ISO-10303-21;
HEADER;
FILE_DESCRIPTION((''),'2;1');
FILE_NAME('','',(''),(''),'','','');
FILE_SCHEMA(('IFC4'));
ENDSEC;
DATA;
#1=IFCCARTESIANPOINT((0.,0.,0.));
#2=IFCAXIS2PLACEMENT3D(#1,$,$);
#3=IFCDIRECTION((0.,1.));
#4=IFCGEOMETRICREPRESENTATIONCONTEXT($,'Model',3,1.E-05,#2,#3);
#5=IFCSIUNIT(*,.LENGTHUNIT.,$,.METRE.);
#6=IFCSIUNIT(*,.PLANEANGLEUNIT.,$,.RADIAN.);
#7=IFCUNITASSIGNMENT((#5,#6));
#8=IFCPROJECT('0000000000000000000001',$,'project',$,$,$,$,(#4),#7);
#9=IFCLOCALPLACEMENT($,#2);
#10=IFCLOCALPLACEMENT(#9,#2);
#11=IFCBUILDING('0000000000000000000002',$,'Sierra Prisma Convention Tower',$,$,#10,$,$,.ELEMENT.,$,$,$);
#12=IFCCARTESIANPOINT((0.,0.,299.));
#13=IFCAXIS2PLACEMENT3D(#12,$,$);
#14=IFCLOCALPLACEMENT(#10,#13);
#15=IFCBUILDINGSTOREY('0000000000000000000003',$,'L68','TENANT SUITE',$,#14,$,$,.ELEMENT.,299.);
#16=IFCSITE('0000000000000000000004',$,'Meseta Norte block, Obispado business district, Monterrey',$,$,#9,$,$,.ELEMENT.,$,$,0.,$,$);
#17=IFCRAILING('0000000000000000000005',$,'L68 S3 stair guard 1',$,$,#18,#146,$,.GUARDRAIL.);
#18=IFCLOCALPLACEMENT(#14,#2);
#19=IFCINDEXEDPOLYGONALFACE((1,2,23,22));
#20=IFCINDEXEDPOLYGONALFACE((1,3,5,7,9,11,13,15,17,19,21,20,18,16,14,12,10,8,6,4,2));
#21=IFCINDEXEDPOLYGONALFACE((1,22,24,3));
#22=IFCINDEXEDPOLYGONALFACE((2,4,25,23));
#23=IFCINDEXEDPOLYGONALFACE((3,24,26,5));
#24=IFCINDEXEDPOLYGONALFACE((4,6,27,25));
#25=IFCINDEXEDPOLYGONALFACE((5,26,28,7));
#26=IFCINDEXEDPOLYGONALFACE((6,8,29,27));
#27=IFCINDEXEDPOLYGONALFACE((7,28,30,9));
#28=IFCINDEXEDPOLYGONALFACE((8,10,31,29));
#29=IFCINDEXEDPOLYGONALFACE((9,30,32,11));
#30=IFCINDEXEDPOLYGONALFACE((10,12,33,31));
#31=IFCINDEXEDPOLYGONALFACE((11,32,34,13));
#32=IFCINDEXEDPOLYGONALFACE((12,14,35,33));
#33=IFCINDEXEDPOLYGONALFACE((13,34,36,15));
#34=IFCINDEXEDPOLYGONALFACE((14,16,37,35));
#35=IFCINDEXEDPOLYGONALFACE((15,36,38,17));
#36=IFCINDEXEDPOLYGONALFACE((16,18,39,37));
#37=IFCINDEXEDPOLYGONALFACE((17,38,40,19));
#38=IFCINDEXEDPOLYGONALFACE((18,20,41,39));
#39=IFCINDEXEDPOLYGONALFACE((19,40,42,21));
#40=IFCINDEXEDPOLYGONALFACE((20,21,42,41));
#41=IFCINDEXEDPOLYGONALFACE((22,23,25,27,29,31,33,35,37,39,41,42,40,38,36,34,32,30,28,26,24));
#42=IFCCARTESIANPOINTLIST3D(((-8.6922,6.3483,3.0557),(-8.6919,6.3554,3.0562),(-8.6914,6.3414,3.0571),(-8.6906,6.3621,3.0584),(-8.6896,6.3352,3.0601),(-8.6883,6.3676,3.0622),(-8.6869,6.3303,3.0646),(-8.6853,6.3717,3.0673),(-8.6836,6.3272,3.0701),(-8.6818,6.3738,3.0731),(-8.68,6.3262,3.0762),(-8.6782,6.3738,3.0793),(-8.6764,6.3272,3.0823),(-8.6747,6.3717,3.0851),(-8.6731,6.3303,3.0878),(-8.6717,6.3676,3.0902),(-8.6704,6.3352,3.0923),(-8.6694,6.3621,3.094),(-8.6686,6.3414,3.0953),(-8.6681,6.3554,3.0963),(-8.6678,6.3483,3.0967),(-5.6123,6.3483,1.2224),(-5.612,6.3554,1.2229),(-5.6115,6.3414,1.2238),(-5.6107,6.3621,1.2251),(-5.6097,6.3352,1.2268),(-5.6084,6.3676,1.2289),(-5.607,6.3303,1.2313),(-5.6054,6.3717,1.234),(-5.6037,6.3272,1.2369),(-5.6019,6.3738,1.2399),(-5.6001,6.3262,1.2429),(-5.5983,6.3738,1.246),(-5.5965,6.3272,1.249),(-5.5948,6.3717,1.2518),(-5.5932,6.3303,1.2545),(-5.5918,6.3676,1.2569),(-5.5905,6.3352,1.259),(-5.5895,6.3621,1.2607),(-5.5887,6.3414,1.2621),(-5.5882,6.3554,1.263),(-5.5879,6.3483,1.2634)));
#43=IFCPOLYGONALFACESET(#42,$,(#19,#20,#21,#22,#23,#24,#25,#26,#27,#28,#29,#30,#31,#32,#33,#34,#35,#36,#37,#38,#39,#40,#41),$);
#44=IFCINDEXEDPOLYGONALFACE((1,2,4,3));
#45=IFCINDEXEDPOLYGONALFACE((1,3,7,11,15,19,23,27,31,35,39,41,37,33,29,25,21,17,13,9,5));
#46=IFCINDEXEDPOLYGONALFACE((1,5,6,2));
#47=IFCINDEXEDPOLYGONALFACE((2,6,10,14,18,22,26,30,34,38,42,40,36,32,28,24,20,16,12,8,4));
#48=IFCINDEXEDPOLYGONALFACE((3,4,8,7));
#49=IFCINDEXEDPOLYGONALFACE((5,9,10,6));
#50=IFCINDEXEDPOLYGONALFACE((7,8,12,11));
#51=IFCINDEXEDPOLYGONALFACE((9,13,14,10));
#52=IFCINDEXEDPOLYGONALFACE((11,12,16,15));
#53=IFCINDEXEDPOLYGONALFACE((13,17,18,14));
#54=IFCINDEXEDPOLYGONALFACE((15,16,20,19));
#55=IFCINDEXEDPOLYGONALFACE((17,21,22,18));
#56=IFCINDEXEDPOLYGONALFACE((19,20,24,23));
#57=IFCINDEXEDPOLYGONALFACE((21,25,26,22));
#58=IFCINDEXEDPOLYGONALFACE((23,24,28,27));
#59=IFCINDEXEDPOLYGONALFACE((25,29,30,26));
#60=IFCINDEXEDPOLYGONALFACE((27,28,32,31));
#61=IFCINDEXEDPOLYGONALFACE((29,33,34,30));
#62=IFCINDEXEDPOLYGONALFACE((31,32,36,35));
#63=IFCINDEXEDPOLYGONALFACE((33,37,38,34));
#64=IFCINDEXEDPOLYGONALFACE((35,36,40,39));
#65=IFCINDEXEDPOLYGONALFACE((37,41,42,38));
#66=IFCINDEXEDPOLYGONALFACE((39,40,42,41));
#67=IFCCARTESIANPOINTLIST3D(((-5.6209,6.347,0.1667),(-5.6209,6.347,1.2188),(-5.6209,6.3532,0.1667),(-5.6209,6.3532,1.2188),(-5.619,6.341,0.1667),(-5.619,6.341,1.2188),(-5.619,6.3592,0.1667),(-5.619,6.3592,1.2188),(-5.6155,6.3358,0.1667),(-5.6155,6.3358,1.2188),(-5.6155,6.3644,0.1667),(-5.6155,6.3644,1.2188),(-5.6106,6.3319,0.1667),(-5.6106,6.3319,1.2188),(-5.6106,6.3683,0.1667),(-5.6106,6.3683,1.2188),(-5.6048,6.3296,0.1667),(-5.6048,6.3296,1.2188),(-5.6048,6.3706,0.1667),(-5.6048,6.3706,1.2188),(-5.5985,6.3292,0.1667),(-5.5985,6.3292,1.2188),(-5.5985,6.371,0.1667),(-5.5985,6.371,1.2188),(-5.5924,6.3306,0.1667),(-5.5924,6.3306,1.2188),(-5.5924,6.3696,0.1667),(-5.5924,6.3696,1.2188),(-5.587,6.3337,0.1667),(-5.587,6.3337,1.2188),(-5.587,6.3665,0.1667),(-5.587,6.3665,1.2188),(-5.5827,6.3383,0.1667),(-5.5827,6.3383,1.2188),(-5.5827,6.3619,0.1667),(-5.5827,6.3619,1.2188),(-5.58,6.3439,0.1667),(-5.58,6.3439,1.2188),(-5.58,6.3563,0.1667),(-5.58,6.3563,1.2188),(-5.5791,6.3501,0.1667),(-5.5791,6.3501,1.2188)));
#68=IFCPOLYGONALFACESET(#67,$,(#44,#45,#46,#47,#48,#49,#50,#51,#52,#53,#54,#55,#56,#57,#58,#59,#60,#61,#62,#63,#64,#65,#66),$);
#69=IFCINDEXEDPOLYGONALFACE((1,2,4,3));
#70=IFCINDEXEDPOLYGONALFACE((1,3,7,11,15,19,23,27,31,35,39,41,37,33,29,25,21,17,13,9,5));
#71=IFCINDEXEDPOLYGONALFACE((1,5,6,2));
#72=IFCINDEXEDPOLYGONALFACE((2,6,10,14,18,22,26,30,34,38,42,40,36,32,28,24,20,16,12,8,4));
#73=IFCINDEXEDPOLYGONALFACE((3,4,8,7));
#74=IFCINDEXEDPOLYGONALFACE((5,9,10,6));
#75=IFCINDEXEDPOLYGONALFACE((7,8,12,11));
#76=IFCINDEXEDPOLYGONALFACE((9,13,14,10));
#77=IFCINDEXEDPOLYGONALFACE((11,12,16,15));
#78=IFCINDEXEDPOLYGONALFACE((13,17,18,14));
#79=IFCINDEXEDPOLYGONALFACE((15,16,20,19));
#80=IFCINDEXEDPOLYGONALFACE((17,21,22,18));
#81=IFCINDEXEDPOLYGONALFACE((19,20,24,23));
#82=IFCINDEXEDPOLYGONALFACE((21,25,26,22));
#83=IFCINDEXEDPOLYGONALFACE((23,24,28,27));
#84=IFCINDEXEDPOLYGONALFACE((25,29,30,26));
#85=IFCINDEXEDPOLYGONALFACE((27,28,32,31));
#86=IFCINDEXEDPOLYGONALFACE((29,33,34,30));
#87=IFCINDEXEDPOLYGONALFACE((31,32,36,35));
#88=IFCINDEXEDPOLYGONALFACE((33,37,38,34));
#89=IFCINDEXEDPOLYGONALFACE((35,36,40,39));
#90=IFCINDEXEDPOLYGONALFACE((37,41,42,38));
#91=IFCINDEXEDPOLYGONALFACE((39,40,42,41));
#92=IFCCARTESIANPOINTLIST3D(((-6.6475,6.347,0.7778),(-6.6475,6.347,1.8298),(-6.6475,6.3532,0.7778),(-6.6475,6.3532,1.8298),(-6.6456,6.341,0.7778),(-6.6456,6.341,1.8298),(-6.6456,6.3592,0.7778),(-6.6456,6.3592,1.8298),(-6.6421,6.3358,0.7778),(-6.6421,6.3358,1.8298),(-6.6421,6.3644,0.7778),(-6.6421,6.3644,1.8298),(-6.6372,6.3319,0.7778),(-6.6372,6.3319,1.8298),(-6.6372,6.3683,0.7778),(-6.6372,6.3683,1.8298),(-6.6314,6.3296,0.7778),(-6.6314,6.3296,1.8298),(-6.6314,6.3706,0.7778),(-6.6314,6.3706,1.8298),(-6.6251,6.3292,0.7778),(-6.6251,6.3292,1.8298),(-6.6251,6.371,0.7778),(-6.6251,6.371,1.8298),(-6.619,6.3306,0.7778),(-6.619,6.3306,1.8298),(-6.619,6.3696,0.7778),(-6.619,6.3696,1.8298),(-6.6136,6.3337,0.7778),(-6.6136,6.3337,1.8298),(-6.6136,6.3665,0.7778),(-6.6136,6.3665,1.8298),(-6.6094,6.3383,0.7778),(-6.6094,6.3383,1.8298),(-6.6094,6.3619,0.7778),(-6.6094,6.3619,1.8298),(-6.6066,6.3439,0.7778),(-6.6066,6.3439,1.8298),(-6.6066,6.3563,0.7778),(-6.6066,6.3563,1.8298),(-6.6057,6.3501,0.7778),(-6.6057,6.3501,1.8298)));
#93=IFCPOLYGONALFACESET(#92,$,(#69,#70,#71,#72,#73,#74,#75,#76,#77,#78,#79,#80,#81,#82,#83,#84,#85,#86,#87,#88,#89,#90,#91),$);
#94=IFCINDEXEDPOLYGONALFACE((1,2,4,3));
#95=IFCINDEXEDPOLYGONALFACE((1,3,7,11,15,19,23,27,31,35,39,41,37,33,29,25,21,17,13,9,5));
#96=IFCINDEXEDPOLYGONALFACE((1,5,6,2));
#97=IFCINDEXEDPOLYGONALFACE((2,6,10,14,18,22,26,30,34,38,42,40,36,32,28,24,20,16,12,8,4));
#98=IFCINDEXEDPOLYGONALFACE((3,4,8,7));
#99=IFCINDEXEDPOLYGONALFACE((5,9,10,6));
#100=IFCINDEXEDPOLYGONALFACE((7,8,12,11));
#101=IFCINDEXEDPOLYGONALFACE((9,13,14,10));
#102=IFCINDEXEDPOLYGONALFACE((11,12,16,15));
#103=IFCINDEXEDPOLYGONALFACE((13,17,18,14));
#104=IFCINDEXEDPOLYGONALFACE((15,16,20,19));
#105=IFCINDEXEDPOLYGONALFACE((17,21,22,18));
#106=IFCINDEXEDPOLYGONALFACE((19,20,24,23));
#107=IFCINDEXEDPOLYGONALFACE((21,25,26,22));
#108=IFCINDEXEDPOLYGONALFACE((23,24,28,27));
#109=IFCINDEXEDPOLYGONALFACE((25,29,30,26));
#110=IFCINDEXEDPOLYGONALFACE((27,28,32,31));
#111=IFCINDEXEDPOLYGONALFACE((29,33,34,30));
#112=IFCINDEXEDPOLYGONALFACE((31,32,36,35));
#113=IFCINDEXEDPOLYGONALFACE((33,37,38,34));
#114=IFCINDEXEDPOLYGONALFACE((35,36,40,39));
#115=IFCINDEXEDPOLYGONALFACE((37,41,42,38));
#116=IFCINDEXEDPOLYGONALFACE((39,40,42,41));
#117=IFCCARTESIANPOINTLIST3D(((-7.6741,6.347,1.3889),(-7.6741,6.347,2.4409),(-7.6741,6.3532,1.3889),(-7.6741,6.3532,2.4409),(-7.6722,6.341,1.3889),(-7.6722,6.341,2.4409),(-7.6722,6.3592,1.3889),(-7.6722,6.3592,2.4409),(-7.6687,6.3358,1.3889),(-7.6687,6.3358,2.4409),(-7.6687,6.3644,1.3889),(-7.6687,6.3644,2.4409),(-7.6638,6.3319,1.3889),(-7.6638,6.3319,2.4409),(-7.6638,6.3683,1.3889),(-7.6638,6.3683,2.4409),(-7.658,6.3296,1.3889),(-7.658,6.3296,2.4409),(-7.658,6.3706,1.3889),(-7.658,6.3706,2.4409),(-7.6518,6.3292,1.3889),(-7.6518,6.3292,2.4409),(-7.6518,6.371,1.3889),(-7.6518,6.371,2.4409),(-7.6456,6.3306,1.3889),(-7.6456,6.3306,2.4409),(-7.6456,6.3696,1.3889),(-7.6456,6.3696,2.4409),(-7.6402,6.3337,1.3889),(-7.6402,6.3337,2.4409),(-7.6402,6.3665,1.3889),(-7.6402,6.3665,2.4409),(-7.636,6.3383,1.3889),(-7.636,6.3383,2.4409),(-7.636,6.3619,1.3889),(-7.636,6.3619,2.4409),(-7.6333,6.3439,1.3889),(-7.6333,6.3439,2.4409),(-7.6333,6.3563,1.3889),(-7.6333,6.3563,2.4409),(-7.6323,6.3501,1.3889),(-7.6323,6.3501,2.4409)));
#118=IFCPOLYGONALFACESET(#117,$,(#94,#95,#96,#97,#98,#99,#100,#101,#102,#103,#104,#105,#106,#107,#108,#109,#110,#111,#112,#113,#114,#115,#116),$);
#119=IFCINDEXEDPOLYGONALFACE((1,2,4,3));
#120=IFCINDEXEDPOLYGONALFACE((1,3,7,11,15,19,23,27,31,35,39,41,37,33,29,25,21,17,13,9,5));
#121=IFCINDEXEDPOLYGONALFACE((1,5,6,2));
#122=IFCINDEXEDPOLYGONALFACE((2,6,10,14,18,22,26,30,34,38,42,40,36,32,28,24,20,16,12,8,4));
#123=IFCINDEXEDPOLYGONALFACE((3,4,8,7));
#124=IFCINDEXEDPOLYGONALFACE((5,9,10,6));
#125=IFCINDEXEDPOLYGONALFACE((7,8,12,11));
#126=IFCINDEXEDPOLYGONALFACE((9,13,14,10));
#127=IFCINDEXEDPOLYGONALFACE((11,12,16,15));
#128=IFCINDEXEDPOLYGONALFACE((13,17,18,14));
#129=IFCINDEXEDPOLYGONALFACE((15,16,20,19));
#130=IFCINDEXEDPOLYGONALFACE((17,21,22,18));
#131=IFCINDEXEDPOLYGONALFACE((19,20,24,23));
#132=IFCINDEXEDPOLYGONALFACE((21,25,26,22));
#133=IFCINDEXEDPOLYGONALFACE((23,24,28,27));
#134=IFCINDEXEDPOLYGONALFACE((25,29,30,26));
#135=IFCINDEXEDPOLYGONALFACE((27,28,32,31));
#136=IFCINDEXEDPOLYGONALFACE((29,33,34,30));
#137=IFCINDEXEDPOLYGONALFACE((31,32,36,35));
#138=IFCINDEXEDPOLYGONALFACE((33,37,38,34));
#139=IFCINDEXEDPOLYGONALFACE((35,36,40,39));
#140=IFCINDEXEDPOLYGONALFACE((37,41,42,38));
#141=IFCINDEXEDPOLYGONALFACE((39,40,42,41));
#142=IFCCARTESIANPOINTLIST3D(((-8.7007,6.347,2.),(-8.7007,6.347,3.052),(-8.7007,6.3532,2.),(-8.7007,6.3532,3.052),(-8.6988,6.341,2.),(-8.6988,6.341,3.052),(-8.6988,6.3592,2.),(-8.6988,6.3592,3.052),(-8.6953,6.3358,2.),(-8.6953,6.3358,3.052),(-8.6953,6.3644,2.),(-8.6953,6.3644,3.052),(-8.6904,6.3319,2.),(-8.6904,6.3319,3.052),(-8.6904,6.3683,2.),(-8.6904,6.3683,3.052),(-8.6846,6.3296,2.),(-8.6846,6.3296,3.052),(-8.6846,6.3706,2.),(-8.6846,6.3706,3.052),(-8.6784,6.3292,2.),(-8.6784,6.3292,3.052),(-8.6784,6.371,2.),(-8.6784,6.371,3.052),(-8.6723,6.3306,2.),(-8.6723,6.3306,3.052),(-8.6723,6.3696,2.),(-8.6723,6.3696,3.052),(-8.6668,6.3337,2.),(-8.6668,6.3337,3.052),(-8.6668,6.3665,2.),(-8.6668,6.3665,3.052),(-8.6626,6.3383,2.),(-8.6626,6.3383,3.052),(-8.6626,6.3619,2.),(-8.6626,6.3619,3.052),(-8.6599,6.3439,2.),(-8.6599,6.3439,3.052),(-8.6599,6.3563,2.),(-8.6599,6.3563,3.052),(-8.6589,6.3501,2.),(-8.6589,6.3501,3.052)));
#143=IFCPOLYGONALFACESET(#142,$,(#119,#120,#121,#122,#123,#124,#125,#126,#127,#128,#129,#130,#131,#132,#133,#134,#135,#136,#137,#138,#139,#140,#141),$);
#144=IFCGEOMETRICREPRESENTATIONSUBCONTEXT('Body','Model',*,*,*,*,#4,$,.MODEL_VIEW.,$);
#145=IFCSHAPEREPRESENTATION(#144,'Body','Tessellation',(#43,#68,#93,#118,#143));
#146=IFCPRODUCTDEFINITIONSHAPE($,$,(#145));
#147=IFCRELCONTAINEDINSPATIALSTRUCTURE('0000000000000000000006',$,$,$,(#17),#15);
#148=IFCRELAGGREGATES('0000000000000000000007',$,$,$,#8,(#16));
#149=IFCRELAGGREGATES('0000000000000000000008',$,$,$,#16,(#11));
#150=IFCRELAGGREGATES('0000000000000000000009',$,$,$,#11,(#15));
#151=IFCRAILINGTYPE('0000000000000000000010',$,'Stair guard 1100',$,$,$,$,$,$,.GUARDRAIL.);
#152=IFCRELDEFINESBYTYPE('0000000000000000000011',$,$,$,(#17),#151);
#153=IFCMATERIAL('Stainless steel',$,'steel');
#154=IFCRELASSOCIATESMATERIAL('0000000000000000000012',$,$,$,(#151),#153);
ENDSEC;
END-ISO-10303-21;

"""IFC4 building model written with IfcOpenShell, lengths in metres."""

from ifc_helpers import new_model, si_unit, direction, frame, origin, origin_2d, place, context, subcontext, project, spatial, circle, extrude, material, type_object, element, save


model = new_model("IFC4")

# Units and contexts
model_context = context("Model", 3, precision=1e-05, world=origin(), true_north=direction((0.0, 1.0)))
body_context = subcontext(model_context, "Body", "Model", "MODEL_VIEW")
ifc_project = project(units=[si_unit("LENGTHUNIT", "METRE"), si_unit("PLANEANGLEUNIT", "RADIAN")], contexts=[model_context])

# Site, building, storey
site_placement = place(None, origin())
site = spatial("IfcSite", under=ifc_project, at=site_placement, Name="Meseta Norte block, Obispado business district, Monterrey", CompositionType="ELEMENT", RefElevation=0.0)
building_placement = place(site_placement, origin())
building = spatial("IfcBuilding", under=site, at=building_placement, Name="Sierra Prisma Convention Tower", CompositionType="ELEMENT")
storey_placement = place(building_placement, frame((0.0, 0.0, 299.0)))
storey = spatial("IfcBuildingStorey", under=building, at=storey_placement, Name="L68", Description="TENANT SUITE", CompositionType="ELEMENT", Elevation=299.0)

# Railing
ifc_material_1 = material(Name="Stainless steel", Category="steel")
railing_type_1 = type_object("IfcRailingType", Name="Stair guard 1100", PredefinedType="GUARDRAIL", material=ifc_material_1)
railing_1_placement = place(storey_placement, frame((-5.6001, 6.3501, 0.1667)))
element("IfcRailing", 1, at=railing_1_placement, inside=storey, type_object=railing_type_1, Name="L68 S3 stair guard 1", PredefinedType="GUARDRAIL", context=body_context, shape_type="SweptSolid", body=[
    extrude(circle(Radius=0.0239, at=origin_2d()), frame((0.0, 0.0, 1.0762), z_axis=(-0.859291, 0.0, 0.511487), x_axis=(0.0, -1.0, 0.0)), (0.0, 0.0, 1.0), 3.5842),
    extrude(circle(Radius=0.021, at=origin_2d()), origin(), (0.0, 0.0, 1.0), 1.052),
    extrude(circle(Radius=0.021, at=origin_2d()), frame((-1.0266, 0.0, 0.6111)), (0.0, 0.0, 1.0), 1.052),
    extrude(circle(Radius=0.021, at=origin_2d()), frame((-2.0532, 0.0, 1.2222)), (0.0, 0.0, 1.0), 1.052),
    extrude(circle(Radius=0.021, at=origin_2d()), frame((-3.0798, 0.0, 1.8333)), (0.0, 0.0, 1.0), 1.052),
])

save(model, "model.ifc")
